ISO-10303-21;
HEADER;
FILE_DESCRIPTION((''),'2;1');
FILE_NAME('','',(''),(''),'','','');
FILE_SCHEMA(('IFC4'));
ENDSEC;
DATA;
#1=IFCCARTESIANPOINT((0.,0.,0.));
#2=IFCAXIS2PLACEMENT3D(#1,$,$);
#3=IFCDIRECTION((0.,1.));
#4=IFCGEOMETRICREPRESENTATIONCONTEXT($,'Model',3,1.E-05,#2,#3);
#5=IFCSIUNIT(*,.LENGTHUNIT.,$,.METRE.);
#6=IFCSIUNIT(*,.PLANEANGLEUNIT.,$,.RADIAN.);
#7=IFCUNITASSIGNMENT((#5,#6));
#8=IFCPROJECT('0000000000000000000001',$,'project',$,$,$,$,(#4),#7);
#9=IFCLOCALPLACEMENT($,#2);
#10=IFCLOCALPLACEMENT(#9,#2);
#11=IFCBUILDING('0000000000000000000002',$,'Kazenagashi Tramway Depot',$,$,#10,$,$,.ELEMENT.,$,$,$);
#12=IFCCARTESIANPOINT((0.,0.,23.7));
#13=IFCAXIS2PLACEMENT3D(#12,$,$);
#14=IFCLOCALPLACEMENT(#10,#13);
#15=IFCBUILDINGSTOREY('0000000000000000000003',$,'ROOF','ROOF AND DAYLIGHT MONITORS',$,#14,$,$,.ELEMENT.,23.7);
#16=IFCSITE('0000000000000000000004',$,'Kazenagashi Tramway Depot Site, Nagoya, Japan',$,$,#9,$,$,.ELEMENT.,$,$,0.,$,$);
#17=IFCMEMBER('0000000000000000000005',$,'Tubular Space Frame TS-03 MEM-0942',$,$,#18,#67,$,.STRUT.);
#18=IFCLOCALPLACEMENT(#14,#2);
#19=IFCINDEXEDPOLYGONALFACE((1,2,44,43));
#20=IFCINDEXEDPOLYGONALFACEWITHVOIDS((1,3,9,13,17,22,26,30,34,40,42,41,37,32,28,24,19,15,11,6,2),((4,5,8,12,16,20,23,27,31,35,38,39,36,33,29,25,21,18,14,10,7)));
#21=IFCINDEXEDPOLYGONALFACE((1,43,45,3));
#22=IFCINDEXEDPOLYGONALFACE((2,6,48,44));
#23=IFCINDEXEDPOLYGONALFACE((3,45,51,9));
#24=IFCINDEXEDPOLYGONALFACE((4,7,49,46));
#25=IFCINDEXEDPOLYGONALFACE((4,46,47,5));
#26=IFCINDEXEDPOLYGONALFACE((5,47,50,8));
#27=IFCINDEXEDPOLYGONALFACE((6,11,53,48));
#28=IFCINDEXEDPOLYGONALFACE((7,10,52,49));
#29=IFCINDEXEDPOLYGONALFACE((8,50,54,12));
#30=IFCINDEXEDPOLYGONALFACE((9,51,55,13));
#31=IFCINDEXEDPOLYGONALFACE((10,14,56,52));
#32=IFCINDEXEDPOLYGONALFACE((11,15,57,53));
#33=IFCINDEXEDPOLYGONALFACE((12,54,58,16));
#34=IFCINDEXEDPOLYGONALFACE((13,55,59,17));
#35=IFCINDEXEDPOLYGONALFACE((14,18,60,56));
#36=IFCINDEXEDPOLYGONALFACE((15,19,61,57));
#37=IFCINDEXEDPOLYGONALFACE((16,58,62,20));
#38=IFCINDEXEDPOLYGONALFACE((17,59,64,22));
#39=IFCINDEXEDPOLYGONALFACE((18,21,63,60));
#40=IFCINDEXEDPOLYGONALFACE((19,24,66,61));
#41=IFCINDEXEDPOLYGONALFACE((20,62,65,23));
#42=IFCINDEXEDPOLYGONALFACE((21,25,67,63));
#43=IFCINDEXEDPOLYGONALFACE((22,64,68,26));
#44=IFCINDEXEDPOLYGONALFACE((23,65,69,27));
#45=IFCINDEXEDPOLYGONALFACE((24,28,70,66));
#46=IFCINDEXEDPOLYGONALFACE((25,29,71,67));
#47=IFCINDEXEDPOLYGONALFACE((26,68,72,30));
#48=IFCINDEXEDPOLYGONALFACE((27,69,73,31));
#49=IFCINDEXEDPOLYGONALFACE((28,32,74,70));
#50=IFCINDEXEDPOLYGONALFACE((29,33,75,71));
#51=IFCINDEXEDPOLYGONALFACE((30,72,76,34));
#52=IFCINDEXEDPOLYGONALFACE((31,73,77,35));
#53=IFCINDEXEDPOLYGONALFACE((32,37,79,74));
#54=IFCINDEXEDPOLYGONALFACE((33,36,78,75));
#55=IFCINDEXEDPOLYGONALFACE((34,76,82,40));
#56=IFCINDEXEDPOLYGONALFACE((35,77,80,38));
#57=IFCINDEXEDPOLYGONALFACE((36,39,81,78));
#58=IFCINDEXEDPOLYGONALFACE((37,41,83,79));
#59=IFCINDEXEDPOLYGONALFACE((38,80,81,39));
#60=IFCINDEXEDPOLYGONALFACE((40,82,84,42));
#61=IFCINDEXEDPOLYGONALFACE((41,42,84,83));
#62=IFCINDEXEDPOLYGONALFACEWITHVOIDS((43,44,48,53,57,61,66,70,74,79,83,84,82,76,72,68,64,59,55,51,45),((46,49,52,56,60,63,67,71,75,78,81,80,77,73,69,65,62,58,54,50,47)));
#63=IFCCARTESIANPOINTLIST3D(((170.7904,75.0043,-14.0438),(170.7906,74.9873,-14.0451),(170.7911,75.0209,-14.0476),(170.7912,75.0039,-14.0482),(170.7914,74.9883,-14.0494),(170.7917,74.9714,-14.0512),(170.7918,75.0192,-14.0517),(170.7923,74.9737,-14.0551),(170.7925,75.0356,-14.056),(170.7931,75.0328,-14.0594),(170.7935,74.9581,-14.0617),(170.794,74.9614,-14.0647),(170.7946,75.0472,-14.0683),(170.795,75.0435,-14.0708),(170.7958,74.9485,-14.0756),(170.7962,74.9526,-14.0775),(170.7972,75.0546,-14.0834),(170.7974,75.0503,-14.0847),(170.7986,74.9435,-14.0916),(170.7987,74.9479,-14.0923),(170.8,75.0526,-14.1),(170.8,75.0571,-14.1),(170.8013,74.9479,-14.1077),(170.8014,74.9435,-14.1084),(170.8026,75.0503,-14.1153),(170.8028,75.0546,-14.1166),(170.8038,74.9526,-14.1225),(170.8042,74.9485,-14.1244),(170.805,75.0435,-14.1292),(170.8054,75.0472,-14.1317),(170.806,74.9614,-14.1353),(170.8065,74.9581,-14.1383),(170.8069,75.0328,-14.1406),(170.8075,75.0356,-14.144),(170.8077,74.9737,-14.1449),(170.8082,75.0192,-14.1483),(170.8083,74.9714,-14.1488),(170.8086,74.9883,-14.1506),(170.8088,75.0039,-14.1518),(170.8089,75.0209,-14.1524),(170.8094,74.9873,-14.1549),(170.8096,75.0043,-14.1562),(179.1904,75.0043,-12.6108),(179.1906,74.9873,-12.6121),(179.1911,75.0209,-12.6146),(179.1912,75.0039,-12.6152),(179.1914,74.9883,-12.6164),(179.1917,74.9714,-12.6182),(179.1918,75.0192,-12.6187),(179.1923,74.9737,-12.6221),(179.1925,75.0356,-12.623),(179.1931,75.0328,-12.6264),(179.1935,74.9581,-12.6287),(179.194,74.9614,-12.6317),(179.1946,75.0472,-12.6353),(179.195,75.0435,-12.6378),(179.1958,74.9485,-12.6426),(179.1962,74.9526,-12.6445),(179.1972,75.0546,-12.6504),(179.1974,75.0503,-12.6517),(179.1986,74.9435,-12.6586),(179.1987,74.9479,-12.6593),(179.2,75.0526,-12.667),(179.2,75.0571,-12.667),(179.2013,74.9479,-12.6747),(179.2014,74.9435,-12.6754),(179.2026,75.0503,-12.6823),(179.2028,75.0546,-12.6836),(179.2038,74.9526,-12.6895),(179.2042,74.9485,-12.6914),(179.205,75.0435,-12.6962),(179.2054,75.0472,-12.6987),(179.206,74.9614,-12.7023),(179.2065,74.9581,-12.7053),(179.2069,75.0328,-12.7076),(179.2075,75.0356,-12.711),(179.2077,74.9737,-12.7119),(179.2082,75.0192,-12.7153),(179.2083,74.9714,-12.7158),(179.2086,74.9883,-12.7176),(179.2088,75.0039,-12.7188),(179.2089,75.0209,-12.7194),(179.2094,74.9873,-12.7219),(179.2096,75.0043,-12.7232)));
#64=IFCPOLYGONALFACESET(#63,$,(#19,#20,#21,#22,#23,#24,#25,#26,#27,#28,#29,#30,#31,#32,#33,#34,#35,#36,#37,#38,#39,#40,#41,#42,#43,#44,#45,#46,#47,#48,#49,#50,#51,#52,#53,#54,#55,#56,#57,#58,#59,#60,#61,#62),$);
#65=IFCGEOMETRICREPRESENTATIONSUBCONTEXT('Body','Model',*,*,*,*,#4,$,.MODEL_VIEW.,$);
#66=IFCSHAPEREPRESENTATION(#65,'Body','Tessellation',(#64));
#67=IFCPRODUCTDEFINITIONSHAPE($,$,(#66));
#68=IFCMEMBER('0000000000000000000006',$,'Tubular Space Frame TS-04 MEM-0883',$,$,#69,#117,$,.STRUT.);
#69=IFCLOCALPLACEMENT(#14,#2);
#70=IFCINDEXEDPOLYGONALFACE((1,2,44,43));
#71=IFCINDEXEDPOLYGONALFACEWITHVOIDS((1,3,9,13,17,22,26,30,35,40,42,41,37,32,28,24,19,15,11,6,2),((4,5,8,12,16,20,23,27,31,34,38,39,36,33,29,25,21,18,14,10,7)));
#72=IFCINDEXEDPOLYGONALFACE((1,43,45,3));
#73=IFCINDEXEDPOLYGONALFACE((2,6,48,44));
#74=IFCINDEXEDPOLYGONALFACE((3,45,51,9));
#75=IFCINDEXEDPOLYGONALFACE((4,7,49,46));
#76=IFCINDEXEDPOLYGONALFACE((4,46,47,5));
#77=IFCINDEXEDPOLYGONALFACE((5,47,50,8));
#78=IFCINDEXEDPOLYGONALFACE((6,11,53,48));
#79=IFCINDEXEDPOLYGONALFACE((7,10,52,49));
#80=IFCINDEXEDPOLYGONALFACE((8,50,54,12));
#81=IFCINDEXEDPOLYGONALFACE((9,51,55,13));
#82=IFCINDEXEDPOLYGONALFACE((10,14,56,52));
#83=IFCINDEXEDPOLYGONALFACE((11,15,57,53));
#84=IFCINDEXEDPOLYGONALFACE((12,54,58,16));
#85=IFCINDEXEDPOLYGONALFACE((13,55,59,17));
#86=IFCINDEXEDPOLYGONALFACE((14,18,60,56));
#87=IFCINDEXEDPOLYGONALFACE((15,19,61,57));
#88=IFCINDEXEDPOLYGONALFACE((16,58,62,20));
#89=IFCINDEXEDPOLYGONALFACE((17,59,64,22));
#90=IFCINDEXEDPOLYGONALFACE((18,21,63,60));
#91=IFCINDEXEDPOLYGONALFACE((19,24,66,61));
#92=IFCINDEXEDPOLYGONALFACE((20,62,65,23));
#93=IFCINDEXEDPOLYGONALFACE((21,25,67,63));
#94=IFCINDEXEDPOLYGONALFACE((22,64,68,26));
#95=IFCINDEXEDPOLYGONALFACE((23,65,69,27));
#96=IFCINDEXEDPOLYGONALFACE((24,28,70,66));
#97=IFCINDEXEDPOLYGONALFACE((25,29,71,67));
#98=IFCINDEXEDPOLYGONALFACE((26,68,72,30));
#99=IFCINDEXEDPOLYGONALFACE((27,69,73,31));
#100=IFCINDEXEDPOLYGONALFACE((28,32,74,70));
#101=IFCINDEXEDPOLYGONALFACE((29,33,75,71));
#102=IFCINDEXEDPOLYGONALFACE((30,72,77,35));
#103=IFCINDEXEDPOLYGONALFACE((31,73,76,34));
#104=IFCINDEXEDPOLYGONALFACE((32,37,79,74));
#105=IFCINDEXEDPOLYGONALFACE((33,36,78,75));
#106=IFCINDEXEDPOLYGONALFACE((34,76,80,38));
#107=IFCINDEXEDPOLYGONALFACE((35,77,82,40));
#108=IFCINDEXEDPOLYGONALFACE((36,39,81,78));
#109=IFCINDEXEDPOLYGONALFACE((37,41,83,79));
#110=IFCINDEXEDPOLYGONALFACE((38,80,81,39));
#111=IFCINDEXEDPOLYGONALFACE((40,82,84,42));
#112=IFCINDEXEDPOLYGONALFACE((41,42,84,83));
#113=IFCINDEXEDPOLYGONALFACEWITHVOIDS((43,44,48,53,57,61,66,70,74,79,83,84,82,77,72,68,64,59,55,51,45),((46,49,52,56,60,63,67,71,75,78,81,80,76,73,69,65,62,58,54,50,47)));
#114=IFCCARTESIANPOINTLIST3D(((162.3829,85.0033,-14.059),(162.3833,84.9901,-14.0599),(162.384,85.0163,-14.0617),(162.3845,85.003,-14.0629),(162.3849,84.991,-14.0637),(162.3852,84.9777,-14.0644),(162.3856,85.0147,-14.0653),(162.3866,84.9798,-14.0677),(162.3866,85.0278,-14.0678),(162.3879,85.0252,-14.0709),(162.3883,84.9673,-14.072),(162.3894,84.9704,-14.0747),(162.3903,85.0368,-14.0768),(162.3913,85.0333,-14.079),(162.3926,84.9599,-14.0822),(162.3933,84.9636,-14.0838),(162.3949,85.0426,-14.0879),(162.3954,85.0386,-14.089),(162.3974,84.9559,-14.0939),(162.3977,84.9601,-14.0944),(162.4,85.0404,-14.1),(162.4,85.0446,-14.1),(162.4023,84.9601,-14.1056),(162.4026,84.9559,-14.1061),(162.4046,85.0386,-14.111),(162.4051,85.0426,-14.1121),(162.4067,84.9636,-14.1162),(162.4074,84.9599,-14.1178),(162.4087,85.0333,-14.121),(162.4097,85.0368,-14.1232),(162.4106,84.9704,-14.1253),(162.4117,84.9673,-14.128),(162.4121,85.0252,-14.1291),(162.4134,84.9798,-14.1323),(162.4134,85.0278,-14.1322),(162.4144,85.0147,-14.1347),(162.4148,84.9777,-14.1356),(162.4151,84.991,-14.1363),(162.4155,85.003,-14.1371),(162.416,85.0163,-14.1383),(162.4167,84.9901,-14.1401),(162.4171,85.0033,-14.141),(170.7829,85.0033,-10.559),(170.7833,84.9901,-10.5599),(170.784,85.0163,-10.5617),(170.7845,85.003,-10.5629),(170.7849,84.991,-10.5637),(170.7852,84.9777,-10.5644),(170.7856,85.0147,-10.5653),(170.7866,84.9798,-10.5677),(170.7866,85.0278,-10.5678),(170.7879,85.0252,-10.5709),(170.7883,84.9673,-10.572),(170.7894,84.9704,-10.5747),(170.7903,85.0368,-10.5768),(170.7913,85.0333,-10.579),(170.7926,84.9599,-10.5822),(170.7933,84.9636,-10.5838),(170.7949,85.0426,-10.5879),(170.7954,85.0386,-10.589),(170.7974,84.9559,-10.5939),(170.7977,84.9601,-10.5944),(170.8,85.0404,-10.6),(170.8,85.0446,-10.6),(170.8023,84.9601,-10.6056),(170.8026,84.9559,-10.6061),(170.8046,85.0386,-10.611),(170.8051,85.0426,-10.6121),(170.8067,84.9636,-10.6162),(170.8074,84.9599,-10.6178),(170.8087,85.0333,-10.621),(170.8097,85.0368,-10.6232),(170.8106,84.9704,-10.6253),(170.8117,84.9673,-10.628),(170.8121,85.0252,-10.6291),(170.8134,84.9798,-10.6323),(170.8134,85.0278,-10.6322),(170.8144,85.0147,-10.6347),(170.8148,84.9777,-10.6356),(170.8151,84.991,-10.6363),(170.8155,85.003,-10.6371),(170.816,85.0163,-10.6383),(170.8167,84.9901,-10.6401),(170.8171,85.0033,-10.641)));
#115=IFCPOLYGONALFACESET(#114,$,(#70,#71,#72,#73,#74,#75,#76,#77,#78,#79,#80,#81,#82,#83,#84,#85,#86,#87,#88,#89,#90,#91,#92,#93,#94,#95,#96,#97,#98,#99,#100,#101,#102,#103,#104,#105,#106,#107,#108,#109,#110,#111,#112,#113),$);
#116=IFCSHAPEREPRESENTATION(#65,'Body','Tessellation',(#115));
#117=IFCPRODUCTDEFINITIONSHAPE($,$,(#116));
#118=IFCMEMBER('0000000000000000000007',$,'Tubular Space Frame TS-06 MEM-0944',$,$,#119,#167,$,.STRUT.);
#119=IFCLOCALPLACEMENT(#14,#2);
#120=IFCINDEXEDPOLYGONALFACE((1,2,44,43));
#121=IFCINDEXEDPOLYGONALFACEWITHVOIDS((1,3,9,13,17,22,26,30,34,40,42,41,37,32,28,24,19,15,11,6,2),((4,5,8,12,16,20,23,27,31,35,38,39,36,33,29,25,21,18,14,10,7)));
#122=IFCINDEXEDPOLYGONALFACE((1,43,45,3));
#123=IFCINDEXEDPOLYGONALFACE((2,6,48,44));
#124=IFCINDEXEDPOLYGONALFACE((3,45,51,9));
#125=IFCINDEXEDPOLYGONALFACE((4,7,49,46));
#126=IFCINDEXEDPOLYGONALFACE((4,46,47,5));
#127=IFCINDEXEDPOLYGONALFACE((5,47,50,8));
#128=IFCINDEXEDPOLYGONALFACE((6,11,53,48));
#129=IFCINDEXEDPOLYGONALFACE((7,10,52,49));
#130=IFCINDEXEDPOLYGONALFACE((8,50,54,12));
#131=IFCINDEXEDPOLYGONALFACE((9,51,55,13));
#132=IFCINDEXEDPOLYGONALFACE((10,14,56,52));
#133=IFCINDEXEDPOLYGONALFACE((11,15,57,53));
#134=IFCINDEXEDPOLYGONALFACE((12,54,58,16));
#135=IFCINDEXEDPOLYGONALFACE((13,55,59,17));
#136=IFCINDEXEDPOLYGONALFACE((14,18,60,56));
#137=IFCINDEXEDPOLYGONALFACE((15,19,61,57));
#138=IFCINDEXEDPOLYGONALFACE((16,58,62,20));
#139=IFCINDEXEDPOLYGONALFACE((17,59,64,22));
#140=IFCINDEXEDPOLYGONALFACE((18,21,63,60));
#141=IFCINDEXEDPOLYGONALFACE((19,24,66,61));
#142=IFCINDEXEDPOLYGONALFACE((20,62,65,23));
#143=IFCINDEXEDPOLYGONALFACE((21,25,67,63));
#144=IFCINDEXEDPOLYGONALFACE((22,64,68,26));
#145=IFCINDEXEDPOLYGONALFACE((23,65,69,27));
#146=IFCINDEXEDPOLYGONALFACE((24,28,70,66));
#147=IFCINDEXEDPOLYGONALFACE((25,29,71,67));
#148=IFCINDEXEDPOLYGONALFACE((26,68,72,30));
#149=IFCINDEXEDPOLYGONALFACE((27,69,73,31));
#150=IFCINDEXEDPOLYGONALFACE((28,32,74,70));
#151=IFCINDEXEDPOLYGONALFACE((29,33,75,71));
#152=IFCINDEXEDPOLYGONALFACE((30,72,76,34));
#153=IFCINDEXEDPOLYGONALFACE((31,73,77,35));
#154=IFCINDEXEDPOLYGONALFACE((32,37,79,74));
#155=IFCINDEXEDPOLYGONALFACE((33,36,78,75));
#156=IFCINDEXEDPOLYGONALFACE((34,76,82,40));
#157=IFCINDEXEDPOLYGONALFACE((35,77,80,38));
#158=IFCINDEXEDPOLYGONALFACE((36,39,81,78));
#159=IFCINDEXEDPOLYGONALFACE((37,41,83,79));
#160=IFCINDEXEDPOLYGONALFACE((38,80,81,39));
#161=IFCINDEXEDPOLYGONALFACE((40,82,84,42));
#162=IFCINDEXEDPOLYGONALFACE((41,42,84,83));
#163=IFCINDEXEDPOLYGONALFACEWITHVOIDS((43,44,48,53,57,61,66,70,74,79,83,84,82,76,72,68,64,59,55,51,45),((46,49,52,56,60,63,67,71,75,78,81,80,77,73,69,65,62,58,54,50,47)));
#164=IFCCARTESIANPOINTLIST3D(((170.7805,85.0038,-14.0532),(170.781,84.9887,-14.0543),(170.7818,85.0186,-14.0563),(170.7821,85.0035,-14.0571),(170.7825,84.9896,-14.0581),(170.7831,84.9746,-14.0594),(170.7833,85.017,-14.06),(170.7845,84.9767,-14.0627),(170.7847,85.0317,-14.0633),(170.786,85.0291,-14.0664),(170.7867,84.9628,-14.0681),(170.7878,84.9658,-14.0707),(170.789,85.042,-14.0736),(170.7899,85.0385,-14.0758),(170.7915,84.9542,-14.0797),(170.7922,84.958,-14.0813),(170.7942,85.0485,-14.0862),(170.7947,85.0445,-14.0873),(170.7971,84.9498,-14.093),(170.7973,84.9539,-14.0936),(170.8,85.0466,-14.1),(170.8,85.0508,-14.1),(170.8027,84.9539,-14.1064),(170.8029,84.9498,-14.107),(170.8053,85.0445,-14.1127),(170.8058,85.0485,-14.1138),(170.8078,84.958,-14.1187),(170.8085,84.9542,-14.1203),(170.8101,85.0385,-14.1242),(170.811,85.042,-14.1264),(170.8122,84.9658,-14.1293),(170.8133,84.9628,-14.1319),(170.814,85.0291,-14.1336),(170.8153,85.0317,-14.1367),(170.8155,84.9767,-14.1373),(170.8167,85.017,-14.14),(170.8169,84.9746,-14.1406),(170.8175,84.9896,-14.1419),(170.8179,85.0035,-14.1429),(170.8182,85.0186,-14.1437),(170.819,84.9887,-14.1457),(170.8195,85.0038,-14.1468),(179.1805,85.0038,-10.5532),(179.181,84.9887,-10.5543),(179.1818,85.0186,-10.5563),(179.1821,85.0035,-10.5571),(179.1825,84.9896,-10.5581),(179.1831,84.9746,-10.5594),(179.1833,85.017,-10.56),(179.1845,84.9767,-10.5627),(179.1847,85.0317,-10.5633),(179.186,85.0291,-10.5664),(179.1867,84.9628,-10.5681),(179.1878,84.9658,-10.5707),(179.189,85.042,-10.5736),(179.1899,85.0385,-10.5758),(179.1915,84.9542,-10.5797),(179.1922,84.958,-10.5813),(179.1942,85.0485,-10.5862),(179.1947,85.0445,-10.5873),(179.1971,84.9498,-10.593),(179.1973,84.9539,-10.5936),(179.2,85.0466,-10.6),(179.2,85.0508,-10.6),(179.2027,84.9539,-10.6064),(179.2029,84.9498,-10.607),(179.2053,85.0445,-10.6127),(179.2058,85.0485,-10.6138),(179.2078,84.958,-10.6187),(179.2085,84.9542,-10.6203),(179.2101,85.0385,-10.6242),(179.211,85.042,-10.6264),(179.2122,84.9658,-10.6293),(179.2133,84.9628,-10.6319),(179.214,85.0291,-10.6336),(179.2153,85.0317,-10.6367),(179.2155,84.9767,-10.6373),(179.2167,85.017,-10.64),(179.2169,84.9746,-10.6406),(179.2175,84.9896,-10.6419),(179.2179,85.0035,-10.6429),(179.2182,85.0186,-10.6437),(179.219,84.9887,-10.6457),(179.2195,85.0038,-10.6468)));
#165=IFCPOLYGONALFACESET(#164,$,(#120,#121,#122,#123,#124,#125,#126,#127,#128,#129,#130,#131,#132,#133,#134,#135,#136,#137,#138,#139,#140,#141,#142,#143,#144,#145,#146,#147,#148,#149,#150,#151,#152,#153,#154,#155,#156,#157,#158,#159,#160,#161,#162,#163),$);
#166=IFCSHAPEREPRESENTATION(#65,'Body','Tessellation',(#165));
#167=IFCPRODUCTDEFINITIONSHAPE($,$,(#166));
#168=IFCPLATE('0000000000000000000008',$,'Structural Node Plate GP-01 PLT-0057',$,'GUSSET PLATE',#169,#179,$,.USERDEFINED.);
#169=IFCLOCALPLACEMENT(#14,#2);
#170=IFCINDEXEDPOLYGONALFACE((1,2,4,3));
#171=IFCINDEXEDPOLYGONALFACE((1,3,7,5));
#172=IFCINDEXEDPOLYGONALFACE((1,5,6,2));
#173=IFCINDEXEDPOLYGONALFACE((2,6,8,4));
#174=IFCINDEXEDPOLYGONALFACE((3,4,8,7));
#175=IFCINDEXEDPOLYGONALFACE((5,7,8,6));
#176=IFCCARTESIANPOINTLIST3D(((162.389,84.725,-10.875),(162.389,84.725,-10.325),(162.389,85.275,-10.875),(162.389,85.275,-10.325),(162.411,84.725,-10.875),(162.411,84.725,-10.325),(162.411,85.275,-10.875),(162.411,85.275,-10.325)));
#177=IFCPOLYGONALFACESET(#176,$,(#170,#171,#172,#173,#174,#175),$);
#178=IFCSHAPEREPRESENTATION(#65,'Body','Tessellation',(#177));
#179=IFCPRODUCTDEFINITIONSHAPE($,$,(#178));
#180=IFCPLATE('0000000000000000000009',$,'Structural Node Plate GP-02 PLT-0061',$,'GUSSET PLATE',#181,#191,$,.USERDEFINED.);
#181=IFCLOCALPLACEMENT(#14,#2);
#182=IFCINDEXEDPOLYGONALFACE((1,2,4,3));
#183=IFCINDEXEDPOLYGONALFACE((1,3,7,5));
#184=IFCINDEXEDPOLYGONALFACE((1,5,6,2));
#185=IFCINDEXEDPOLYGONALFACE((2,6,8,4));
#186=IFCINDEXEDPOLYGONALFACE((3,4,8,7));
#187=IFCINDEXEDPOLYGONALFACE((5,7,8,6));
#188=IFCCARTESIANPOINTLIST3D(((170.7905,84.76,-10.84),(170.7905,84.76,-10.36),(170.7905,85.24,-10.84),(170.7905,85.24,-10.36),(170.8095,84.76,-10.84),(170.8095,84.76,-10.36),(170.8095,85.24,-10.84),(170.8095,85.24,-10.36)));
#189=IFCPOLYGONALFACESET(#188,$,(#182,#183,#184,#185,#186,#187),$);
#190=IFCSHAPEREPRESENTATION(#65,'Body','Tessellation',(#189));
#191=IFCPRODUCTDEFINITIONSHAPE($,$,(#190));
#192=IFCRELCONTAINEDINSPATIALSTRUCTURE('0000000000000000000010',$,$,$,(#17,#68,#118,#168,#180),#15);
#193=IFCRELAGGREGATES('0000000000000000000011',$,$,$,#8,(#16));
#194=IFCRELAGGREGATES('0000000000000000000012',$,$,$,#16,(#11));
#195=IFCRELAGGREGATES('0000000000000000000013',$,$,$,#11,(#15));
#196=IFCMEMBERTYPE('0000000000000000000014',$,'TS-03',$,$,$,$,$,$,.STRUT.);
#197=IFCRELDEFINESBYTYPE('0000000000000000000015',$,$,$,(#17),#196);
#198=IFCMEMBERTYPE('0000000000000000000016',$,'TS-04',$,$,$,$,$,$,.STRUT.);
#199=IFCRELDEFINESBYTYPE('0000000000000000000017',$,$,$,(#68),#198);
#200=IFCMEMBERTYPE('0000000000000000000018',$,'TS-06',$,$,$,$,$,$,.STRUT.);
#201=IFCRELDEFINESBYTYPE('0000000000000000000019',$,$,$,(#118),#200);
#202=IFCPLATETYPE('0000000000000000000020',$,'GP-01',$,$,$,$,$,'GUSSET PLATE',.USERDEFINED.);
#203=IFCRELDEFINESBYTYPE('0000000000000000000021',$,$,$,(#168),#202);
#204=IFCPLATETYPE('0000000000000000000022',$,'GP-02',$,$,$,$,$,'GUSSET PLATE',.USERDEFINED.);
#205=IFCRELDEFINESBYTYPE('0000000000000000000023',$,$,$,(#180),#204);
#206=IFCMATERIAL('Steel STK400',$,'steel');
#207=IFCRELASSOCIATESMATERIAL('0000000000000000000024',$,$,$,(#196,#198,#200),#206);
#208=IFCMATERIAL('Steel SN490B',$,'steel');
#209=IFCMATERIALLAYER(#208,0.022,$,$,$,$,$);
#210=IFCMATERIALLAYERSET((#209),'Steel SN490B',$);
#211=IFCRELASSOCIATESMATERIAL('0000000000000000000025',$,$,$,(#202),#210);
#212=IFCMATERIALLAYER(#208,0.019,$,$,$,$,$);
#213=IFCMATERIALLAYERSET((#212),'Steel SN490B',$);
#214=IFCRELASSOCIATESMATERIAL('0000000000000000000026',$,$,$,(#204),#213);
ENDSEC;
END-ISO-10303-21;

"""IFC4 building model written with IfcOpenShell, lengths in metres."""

from ifc_helpers import new_model, si_unit, direction, frame, origin, origin_2d, place, context, subcontext, project, spatial, rectangle, hollow_circle, extrude, material, layer, layer_set, material_profile, profile_set, type_object, element, save


model = new_model("IFC4")

# Units and contexts
model_context = context("Model", 3, precision=1e-05, world=origin(), true_north=direction((0.0, 1.0)))
body_context = subcontext(model_context, "Body", "Model", "MODEL_VIEW")
ifc_project = project(units=[si_unit("LENGTHUNIT", "METRE"), si_unit("PLANEANGLEUNIT", "RADIAN")], contexts=[model_context])

# Site, building, storey
site_placement = place(None, origin())
site = spatial("IfcSite", under=ifc_project, at=site_placement, Name="Kazenagashi Tramway Depot Site, Nagoya, Japan", CompositionType="ELEMENT", RefElevation=0.0)
building_placement = place(site_placement, origin())
building = spatial("IfcBuilding", under=site, at=building_placement, Name="Kazenagashi Tramway Depot", CompositionType="ELEMENT")
storey_placement = place(building_placement, frame((0.0, 0.0, 23.7)))
storey = spatial("IfcBuildingStorey", under=building, at=storey_placement, Name="ROOF", Description="ROOF AND DAYLIGHT MONITORS", CompositionType="ELEMENT", Elevation=23.7)

# Members
ifc_material_1 = material(Name="Steel STK400", Category="steel")
ifc_material_profile_1 = material_profile(ifc_material_1, hollow_circle(Radius=0.0571, WallThickness=0.0045, at=origin_2d()), Name="CHS-114.3x4.5")
ifc_profile_set_1 = profile_set([ifc_material_profile_1], Name="Steel STK400")
member_type_1 = type_object("IfcMemberType", Name="TS-03", PredefinedType="STRUT", material=ifc_profile_set_1)
member_1_placement = place(storey_placement, frame((170.8, 75.0, -14.1), z_axis=(0.985759, 0.0, 0.168166), x_axis=(0.0, 1.0, 0.0)))
element("IfcMember", 1, at=member_1_placement, inside=storey, type_object=member_type_1, Name="Tubular Space Frame TS-03 MEM-0942", PredefinedType="STRUT", context=body_context, shape_type="SweptSolid", body=[
    extrude(hollow_circle(Radius=0.0571, WallThickness=0.0045, at=origin_2d()), origin(), (0.0, 0.0, 1.0), 8.5214),
])
ifc_material_profile_2 = material_profile(ifc_material_1, hollow_circle(Radius=0.0445, WallThickness=0.0042, at=origin_2d()), Name="CHS-89.1x4.2")
ifc_profile_set_2 = profile_set([ifc_material_profile_2], Name="Steel STK400")
member_type_2 = type_object("IfcMemberType", Name="TS-04", PredefinedType="STRUT", material=ifc_profile_set_2)
member_2_placement = place(storey_placement, frame((162.4, 85.0, -14.1), z_axis=(0.923077, 0.0, 0.384615), x_axis=(0.0, 1.0, 0.0)))
element("IfcMember", 2, at=member_2_placement, inside=storey, type_object=member_type_2, Name="Tubular Space Frame TS-04 MEM-0883", PredefinedType="STRUT", context=body_context, shape_type="SweptSolid", body=[
    extrude(hollow_circle(Radius=0.0445, WallThickness=0.0042, at=origin_2d()), origin(), (0.0, 0.0, 1.0), 9.1),
])
ifc_material_profile_3 = material_profile(ifc_material_1, hollow_circle(Radius=0.0508, WallThickness=0.0042, at=origin_2d()), Name="CHS-101.6x4.2")
ifc_profile_set_3 = profile_set([ifc_material_profile_3], Name="Steel STK400")
member_type_3 = type_object("IfcMemberType", Name="TS-06", PredefinedType="STRUT", material=ifc_profile_set_3)
member_3_placement = place(storey_placement, frame((170.8, 85.0, -14.1), z_axis=(0.923077, 0.0, 0.384615), x_axis=(0.0, 1.0, 0.0)))
element("IfcMember", 3, at=member_3_placement, inside=storey, type_object=member_type_3, Name="Tubular Space Frame TS-06 MEM-0944", PredefinedType="STRUT", context=body_context, shape_type="SweptSolid", body=[
    extrude(hollow_circle(Radius=0.0508, WallThickness=0.0042, at=origin_2d()), origin(), (0.0, 0.0, 1.0), 9.1),
])

# Plates
ifc_material_2 = material(Name="Steel SN490B", Category="steel")
ifc_layer_1 = layer(ifc_material_2, 0.022)
ifc_layer_set_1 = layer_set([ifc_layer_1], Name="Steel SN490B")
plate_type_1 = type_object("IfcPlateType", Name="GP-01", ElementType="GUSSET PLATE", PredefinedType="USERDEFINED", material=ifc_layer_set_1)
plate_1_placement = place(storey_placement, frame((162.4, 85.0, -10.875), z_axis=(0.0, 0.0, 1.0), x_axis=(0.0, 1.0, 0.0)))
element("IfcPlate", 4, at=plate_1_placement, inside=storey, type_object=plate_type_1, Name="Structural Node Plate GP-01 PLT-0057", ObjectType="GUSSET PLATE", PredefinedType="USERDEFINED", context=body_context, shape_type="SweptSolid", body=[
    extrude(rectangle(XDim=0.55, YDim=0.022, at=origin_2d()), origin(), (0.0, 0.0, 1.0), 0.55),
])
ifc_layer_2 = layer(ifc_material_2, 0.019)
ifc_layer_set_2 = layer_set([ifc_layer_2], Name="Steel SN490B")
plate_type_2 = type_object("IfcPlateType", Name="GP-02", ElementType="GUSSET PLATE", PredefinedType="USERDEFINED", material=ifc_layer_set_2)
plate_2_placement = place(storey_placement, frame((170.8, 85.0, -10.84), z_axis=(0.0, 0.0, 1.0), x_axis=(0.0, 1.0, 0.0)))
element("IfcPlate", 5, at=plate_2_placement, inside=storey, type_object=plate_type_2, Name="Structural Node Plate GP-02 PLT-0061", ObjectType="GUSSET PLATE", PredefinedType="USERDEFINED", context=body_context, shape_type="SweptSolid", body=[
    extrude(rectangle(XDim=0.48, YDim=0.019, at=origin_2d()), origin(), (0.0, 0.0, 1.0), 0.48),
])

save(model, "model.ifc")
